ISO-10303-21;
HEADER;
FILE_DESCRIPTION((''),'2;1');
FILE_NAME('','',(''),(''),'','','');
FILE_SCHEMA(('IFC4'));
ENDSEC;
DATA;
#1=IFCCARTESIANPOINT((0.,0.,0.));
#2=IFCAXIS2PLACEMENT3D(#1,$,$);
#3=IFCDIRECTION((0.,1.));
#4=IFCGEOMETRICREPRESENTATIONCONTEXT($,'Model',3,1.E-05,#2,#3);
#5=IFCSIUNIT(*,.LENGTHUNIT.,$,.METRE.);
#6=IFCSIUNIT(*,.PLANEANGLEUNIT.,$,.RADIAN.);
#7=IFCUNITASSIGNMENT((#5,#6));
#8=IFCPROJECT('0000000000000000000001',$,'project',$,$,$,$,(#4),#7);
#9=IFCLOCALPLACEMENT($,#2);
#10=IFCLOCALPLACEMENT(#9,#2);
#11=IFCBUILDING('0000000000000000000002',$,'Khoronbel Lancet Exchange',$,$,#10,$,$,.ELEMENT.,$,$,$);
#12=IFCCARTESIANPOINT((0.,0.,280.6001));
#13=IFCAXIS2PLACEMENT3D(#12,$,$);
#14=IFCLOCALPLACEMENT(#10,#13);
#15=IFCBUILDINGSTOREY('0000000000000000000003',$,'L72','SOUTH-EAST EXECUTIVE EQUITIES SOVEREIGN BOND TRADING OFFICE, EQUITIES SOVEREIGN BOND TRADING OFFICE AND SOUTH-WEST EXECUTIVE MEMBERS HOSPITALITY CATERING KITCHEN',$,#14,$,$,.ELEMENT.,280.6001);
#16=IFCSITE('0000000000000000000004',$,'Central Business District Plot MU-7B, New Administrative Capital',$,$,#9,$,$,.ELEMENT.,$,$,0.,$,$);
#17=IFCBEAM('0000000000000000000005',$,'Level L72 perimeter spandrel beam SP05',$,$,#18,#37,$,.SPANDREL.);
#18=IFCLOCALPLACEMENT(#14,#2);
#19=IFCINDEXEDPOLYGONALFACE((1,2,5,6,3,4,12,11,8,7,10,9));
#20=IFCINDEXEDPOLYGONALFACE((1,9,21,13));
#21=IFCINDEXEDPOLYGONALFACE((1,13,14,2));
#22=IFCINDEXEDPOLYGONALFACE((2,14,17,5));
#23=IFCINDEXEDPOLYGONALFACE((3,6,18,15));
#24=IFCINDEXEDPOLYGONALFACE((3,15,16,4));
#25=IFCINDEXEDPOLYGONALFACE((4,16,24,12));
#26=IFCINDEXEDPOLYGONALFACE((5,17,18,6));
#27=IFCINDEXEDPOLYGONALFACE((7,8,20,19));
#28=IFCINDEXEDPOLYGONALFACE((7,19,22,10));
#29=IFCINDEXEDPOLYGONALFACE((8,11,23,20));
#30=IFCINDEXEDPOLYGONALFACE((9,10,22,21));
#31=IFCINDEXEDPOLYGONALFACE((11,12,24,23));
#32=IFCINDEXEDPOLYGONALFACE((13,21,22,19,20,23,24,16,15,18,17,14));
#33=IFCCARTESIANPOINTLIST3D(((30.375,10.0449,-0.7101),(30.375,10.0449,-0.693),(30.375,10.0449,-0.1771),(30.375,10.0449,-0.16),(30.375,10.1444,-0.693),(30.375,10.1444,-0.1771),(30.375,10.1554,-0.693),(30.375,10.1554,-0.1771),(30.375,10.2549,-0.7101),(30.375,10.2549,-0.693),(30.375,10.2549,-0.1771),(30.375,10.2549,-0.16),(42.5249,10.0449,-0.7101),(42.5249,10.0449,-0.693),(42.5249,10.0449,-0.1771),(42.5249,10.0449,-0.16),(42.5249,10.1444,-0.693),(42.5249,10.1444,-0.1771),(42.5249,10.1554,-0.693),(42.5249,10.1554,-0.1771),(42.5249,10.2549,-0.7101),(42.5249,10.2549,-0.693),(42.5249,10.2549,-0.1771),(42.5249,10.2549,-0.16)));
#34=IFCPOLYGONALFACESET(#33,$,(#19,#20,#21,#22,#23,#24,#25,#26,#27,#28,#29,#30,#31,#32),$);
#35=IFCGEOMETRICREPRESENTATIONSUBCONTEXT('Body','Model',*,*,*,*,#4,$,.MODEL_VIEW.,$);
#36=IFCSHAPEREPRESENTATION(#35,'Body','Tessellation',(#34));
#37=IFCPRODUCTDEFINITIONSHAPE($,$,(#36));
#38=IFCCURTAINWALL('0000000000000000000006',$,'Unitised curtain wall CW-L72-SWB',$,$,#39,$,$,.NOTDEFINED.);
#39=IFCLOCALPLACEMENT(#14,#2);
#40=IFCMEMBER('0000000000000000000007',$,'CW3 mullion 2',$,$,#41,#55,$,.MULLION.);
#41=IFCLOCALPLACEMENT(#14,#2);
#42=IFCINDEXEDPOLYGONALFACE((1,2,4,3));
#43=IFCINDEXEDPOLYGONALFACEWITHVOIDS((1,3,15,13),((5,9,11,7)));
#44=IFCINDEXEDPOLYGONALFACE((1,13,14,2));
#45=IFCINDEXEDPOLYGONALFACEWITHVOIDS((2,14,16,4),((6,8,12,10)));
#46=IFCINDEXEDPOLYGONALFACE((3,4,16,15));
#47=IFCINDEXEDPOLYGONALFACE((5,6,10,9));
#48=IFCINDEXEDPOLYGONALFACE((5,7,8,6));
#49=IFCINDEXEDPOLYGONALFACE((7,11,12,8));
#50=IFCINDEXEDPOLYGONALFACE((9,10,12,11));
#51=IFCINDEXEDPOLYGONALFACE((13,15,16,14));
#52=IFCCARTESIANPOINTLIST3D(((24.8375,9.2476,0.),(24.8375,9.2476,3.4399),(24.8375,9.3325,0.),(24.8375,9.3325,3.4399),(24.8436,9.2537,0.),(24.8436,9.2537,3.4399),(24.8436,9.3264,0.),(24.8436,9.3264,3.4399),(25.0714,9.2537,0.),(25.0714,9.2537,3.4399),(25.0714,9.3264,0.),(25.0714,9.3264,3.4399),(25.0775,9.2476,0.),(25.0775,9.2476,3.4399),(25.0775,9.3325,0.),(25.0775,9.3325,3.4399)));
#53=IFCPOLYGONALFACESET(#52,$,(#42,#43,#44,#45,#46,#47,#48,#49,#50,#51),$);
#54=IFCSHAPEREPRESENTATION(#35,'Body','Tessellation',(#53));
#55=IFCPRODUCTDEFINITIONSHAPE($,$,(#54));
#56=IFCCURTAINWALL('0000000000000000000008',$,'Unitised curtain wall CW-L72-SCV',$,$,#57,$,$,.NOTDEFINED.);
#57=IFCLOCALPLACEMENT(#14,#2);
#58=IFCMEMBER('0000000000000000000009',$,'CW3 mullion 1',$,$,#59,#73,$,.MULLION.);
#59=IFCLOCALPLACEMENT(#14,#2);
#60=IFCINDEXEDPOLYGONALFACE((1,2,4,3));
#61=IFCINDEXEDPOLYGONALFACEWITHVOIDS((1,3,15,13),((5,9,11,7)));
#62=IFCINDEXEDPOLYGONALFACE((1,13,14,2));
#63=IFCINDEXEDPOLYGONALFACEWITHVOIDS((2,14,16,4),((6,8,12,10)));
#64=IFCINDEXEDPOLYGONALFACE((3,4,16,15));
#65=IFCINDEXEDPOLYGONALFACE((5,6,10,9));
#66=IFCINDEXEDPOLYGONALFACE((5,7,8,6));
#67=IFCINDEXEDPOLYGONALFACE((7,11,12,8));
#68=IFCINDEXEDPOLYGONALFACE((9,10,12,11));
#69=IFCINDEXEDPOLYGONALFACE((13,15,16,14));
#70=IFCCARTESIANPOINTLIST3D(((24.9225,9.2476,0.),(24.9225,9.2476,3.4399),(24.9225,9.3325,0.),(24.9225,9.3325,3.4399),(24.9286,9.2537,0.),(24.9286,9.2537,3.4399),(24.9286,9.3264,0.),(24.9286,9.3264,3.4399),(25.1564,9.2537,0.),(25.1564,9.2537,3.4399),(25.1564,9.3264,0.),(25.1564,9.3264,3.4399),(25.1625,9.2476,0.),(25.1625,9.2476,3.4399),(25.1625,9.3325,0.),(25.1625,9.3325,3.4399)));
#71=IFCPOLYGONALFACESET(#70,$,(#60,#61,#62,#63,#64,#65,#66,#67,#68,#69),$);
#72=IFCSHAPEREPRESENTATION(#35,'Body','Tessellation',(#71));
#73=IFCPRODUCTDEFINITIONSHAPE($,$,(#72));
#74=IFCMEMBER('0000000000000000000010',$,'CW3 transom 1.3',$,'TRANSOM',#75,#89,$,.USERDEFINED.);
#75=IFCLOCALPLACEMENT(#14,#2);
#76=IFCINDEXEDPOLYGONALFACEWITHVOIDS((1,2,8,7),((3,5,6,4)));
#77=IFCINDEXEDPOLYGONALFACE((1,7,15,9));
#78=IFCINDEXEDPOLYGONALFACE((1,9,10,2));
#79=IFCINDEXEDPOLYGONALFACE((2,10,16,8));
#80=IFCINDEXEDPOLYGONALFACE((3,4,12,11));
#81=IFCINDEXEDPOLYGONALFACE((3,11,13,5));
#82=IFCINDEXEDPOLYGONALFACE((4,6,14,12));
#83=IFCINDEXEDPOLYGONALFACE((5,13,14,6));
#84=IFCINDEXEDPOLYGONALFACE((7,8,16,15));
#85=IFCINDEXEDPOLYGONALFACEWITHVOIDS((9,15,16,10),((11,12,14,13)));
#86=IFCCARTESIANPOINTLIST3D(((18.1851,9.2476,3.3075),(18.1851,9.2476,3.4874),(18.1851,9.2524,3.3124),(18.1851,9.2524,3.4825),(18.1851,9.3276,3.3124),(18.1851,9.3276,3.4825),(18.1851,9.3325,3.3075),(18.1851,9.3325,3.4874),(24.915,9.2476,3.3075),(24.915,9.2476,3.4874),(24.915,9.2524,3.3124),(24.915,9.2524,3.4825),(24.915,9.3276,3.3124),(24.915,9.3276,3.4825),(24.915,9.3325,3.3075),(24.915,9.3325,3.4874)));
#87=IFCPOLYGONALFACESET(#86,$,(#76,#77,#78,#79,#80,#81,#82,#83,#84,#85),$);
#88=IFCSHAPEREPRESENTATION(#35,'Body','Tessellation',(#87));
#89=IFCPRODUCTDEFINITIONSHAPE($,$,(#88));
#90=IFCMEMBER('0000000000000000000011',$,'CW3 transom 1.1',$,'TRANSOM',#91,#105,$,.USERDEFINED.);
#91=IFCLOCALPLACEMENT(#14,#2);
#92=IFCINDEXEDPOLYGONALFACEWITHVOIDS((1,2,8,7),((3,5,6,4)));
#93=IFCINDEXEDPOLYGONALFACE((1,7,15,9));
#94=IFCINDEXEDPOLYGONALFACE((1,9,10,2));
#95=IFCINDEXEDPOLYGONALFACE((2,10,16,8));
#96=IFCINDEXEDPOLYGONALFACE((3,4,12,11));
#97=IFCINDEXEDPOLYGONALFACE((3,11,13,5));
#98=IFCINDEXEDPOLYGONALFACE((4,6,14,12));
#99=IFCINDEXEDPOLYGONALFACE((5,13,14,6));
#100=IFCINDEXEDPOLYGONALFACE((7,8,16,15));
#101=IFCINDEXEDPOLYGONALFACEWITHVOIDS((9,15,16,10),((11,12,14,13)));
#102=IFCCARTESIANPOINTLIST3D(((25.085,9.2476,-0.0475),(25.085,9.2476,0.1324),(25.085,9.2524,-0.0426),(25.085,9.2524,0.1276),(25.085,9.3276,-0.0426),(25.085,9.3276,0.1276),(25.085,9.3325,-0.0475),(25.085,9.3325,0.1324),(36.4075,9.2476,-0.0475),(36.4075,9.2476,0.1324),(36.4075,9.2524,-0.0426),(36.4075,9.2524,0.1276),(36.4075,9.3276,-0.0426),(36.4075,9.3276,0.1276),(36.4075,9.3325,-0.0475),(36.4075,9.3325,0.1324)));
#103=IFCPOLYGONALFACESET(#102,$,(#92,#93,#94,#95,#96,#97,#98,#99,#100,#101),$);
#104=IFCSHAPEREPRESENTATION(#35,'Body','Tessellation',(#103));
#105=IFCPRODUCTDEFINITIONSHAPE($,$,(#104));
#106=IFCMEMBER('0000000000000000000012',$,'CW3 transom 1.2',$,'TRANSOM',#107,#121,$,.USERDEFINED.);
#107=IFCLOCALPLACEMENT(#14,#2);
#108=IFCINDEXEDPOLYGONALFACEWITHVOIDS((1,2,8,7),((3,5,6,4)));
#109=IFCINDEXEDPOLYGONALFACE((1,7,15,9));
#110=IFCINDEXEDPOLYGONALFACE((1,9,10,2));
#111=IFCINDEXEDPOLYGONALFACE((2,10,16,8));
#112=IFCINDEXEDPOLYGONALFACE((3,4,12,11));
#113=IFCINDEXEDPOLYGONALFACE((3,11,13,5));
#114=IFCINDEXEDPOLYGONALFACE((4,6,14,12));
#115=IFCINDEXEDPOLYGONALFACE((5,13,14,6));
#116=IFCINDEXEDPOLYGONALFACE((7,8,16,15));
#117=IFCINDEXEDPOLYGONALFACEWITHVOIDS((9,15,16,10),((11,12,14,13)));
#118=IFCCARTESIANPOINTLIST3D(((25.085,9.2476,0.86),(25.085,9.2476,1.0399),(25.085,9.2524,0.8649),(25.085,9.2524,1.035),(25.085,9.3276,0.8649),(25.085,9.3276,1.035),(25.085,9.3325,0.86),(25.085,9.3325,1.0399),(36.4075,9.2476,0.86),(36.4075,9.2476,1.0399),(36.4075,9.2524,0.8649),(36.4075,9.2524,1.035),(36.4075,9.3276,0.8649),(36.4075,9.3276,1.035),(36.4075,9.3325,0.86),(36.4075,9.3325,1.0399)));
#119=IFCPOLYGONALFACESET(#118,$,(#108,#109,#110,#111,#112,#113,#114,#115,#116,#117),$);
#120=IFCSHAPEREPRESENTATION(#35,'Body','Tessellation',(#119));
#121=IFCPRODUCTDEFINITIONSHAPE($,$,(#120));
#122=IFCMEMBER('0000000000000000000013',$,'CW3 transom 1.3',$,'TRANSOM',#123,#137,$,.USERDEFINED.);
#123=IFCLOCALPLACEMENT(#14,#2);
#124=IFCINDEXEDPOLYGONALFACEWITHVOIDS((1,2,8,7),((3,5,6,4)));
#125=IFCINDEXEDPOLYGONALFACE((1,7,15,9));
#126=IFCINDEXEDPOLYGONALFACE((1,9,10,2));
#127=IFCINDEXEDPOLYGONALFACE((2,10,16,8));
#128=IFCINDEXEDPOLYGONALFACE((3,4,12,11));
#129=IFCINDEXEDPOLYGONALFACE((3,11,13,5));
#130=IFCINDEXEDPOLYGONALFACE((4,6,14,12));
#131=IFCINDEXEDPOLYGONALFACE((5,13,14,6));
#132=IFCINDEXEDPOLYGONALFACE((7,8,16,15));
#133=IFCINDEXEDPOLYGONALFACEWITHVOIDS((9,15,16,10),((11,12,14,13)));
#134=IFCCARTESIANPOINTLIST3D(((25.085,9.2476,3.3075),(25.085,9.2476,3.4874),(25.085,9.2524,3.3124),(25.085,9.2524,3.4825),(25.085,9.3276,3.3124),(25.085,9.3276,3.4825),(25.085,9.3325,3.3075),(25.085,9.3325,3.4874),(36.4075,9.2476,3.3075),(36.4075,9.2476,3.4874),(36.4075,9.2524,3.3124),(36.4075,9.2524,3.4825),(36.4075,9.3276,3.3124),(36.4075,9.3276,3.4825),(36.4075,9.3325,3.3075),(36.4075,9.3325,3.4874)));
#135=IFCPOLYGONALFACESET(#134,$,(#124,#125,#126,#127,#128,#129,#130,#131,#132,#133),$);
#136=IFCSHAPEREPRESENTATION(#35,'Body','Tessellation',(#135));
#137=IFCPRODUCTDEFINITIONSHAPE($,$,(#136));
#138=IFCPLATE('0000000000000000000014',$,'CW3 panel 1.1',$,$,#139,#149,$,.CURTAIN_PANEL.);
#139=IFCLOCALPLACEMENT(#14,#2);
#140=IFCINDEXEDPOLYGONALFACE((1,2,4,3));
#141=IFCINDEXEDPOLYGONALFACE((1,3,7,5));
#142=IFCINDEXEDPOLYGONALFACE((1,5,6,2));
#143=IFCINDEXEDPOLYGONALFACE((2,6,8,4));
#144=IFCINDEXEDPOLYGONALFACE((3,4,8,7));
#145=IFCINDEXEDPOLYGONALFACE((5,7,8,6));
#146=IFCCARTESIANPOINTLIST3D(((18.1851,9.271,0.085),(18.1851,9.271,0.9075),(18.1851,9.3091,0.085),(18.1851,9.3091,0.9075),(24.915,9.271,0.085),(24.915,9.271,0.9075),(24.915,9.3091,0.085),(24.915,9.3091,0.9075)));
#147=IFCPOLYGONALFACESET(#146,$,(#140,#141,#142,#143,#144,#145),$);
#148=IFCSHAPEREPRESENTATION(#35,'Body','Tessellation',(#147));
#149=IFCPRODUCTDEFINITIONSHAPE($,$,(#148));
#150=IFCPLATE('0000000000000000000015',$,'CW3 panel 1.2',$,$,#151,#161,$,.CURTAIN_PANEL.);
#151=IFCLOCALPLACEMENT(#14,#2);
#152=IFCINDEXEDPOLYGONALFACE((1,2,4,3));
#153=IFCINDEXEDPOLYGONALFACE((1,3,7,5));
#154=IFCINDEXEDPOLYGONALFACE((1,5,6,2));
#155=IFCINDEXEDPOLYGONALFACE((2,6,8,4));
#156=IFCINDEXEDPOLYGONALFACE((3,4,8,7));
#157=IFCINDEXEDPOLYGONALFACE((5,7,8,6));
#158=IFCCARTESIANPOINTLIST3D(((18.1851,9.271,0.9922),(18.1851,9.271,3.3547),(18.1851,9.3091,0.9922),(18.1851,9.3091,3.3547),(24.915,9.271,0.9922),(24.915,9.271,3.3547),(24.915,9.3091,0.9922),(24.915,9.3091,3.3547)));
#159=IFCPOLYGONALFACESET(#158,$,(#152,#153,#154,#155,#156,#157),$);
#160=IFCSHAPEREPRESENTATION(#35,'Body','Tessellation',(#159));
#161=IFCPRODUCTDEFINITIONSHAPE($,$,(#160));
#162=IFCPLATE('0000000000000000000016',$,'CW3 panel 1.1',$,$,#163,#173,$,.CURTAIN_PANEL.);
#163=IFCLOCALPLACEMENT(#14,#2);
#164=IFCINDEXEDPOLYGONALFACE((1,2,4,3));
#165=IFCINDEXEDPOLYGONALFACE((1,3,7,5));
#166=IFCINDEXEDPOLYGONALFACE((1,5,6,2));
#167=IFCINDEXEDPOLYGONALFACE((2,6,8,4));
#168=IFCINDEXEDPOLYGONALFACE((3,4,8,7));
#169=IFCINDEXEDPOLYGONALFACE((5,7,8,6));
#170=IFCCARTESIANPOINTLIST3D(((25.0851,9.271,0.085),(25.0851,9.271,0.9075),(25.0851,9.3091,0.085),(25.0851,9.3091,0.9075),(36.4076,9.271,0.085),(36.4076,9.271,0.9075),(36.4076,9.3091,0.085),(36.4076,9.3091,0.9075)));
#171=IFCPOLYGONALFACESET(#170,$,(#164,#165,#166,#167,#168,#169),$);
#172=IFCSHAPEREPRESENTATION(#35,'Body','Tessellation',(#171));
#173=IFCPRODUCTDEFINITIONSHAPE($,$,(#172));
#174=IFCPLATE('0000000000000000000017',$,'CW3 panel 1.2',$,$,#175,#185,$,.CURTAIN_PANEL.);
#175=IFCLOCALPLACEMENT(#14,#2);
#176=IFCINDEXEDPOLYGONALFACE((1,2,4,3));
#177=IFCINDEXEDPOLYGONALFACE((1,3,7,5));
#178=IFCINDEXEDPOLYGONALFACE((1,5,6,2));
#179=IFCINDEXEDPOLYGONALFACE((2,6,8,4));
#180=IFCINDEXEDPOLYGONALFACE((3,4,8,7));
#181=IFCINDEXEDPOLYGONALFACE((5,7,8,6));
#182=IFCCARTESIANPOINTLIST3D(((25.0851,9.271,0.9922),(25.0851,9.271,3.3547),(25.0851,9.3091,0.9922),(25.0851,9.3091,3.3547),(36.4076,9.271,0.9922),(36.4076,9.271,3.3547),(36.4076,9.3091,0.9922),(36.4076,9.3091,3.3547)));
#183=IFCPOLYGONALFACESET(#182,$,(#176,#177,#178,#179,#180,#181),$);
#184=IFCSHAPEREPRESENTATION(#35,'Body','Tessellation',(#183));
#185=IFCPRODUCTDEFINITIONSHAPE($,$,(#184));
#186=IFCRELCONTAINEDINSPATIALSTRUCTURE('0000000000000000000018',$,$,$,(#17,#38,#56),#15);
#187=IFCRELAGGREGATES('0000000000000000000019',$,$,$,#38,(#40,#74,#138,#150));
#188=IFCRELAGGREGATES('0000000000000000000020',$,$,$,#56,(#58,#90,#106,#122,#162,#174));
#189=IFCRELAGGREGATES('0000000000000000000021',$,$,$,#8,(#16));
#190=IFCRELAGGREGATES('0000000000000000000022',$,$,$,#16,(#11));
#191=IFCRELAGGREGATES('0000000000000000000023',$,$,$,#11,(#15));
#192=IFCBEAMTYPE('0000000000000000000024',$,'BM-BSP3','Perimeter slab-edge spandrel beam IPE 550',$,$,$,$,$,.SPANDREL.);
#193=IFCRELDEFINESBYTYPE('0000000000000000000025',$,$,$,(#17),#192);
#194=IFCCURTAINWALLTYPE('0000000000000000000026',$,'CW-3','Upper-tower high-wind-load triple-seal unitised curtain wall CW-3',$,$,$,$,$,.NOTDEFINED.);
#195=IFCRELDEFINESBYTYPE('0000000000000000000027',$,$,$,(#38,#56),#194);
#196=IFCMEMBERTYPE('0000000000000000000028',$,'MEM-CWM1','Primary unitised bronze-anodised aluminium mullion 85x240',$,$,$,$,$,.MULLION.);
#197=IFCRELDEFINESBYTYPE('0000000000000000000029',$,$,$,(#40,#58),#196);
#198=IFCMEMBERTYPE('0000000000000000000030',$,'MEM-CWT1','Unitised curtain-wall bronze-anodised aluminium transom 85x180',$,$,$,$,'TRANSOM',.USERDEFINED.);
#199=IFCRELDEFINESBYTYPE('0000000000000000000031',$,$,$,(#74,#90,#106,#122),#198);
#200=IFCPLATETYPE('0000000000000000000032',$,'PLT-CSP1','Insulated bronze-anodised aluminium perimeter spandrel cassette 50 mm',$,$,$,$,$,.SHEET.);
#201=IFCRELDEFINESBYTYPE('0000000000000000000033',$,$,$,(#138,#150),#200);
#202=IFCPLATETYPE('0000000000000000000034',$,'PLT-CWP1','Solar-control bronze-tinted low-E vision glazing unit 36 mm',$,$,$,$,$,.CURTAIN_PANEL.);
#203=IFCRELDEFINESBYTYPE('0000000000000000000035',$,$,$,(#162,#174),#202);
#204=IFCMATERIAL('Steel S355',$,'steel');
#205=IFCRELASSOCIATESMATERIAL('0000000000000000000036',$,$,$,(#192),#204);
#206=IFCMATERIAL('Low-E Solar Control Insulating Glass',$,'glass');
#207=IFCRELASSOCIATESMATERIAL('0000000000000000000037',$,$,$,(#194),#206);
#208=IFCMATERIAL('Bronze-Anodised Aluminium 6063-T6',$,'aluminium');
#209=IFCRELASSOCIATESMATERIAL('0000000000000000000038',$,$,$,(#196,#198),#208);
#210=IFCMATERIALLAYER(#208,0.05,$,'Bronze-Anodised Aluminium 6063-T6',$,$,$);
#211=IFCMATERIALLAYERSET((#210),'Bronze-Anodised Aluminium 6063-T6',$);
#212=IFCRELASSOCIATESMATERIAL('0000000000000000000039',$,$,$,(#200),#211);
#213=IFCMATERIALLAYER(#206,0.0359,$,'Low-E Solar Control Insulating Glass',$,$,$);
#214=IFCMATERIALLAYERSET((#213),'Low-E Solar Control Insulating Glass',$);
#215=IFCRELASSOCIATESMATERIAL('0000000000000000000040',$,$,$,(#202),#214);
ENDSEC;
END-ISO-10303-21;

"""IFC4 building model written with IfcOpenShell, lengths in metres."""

from ifc_helpers import new_model, si_unit, direction, frame, origin, origin_2d, place, context, subcontext, project, spatial, rectangle, hollow_rectangle, i_section, extrude, material, layer, layer_set, material_profile, profile_set, type_object, element, aggregate, save


model = new_model("IFC4")

# Units and contexts
model_context = context("Model", 3, precision=1e-05, world=origin(), true_north=direction((0.0, 1.0)))
body_context = subcontext(model_context, "Body", "Model", "MODEL_VIEW")
ifc_project = project(units=[si_unit("LENGTHUNIT", "METRE"), si_unit("PLANEANGLEUNIT", "RADIAN")], contexts=[model_context])

# Site, building, storey
site_placement = place(None, origin())
site = spatial("IfcSite", under=ifc_project, at=site_placement, Name="Central Business District Plot MU-7B, New Administrative Capital", CompositionType="ELEMENT", RefElevation=0.0)
building_placement = place(site_placement, origin())
building = spatial("IfcBuilding", under=site, at=building_placement, Name="Khoronbel Lancet Exchange", CompositionType="ELEMENT")
storey_placement = place(building_placement, frame((0.0, 0.0, 280.6001)))
storey = spatial("IfcBuildingStorey", under=building, at=storey_placement, Name="L72", Description="SOUTH-EAST EXECUTIVE EQUITIES SOVEREIGN BOND TRADING OFFICE, EQUITIES SOVEREIGN BOND TRADING OFFICE AND SOUTH-WEST EXECUTIVE MEMBERS HOSPITALITY CATERING KITCHEN", CompositionType="ELEMENT", Elevation=280.6001)

# Beam
ifc_material_1 = material(Name="Steel S355", Category="steel")
ifc_material_profile_1 = material_profile(ifc_material_1, i_section(OverallWidth=0.21, OverallDepth=0.55, WebThickness=0.011, FlangeThickness=0.0171, at=origin_2d()), Name="IPE 550")
ifc_profile_set_1 = profile_set([ifc_material_profile_1], Name="Steel S355")
beam_type_1 = type_object("IfcBeamType", Name="BM-BSP3", Description="Perimeter slab-edge spandrel beam IPE 550", PredefinedType="SPANDREL", material=ifc_profile_set_1)
beam_1_placement = place(storey_placement, frame((30.375, 10.1499, -0.4351), z_axis=(1.0, 0.0, 0.0), x_axis=(0.0, 1.0, 0.0)))
element("IfcBeam", 1, at=beam_1_placement, inside=storey, type_object=beam_type_1, Name="Level L72 perimeter spandrel beam SP05", PredefinedType="SPANDREL", context=body_context, shape_type="SweptSolid", body=[
    extrude(i_section(OverallWidth=0.21, OverallDepth=0.55, WebThickness=0.011, FlangeThickness=0.0171, at=origin_2d()), origin(), (0.0, 0.0, 1.0), 12.1499),
])

# Curtain walls, members
ifc_material_2 = material(Name="Low-E Solar Control Insulating Glass", Category="glass")
curtain_wall_type = type_object("IfcCurtainWallType", Name="CW-3", Description="Upper-tower high-wind-load triple-seal unitised curtain wall CW-3", PredefinedType="NOTDEFINED", material=ifc_material_2)
curtain_wall_1_placement = place(storey_placement, origin())
curtain_wall_1 = element("IfcCurtainWall", 2, at=curtain_wall_1_placement, inside=storey, type_object=curtain_wall_type, Name="Unitised curtain wall CW-L72-SWB", PredefinedType="NOTDEFINED")
ifc_material_3 = material(Name="Bronze-Anodised Aluminium 6063-T6", Category="aluminium")
ifc_material_profile_2 = material_profile(ifc_material_3, hollow_rectangle(XDim=0.085, YDim=0.24, WallThickness=0.0061, at=origin_2d()), Name="ALU MULLION 85x240")
ifc_profile_set_2 = profile_set([ifc_material_profile_2], Name="Bronze-Anodised Aluminium 6063-T6")
member_type_1 = type_object("IfcMemberType", Name="MEM-CWM1", Description="Primary unitised bronze-anodised aluminium mullion 85x240", PredefinedType="MULLION", material=ifc_profile_set_2)
member_1_placement = place(storey_placement, frame((24.9575, 9.29, 0.0), z_axis=(0.0, 0.0, 1.0), x_axis=(0.0, 1.0, 0.0)))
member_1 = element("IfcMember", 3, at=member_1_placement, type_object=member_type_1, Name="CW3 mullion 2", PredefinedType="MULLION", context=body_context, shape_type="SweptSolid", body=[
    extrude(hollow_rectangle(XDim=0.085, YDim=0.24, WallThickness=0.0061, at=origin_2d()), origin(), (0.0, 0.0, 1.0), 3.4399),
])
curtain_wall_2_placement = place(storey_placement, origin())
curtain_wall_2 = element("IfcCurtainWall", 4, at=curtain_wall_2_placement, inside=storey, type_object=curtain_wall_type, Name="Unitised curtain wall CW-L72-SCV", PredefinedType="NOTDEFINED")
member_2_placement = place(storey_placement, frame((25.0425, 9.29, 0.0), z_axis=(0.0, 0.0, 1.0), x_axis=(0.0, 1.0, 0.0)))
member_2 = element("IfcMember", 5, at=member_2_placement, type_object=member_type_1, Name="CW3 mullion 1", PredefinedType="MULLION", context=body_context, shape_type="SweptSolid", body=[
    extrude(hollow_rectangle(XDim=0.085, YDim=0.24, WallThickness=0.0061, at=origin_2d()), origin(), (0.0, 0.0, 1.0), 3.4399),
])

# Members
ifc_material_profile_3 = material_profile(ifc_material_3, hollow_rectangle(XDim=0.085, YDim=0.1799, WallThickness=0.0049, at=origin_2d()), Name="ALU TRANSOM 85x180")
ifc_profile_set_3 = profile_set([ifc_material_profile_3], Name="Bronze-Anodised Aluminium 6063-T6")
member_type_2 = type_object("IfcMemberType", Name="MEM-CWT1", Description="Unitised curtain-wall bronze-anodised aluminium transom 85x180", ElementType="TRANSOM", PredefinedType="USERDEFINED", material=ifc_profile_set_3)
member_3_placement = place(storey_placement, frame((18.1851, 9.29, 3.3975), z_axis=(1.0, 0.0, 0.0), x_axis=(0.0, 1.0, 0.0)))
member_3 = element("IfcMember", 6, at=member_3_placement, type_object=member_type_2, Name="CW3 transom 1.3", ObjectType="TRANSOM", PredefinedType="USERDEFINED", context=body_context, shape_type="SweptSolid", body=[
    extrude(hollow_rectangle(XDim=0.085, YDim=0.1799, WallThickness=0.0049, at=origin_2d()), origin(), (0.0, 0.0, 1.0), 6.73),
])
member_4_placement = place(storey_placement, frame((25.085, 9.29, 0.0425), z_axis=(1.0, 0.0, 0.0), x_axis=(0.0, 1.0, 0.0)))
member_4 = element("IfcMember", 7, at=member_4_placement, type_object=member_type_2, Name="CW3 transom 1.1", ObjectType="TRANSOM", PredefinedType="USERDEFINED", context=body_context, shape_type="SweptSolid", body=[
    extrude(hollow_rectangle(XDim=0.085, YDim=0.1799, WallThickness=0.0049, at=origin_2d()), origin(), (0.0, 0.0, 1.0), 11.3225),
])
member_5_placement = place(storey_placement, frame((25.085, 9.29, 0.95), z_axis=(1.0, 0.0, 0.0), x_axis=(0.0, 1.0, 0.0)))
member_5 = element("IfcMember", 8, at=member_5_placement, type_object=member_type_2, Name="CW3 transom 1.2", ObjectType="TRANSOM", PredefinedType="USERDEFINED", context=body_context, shape_type="SweptSolid", body=[
    extrude(hollow_rectangle(XDim=0.085, YDim=0.1799, WallThickness=0.0049, at=origin_2d()), origin(), (0.0, 0.0, 1.0), 11.3225),
])
member_6_placement = place(storey_placement, frame((25.085, 9.29, 3.3975), z_axis=(1.0, 0.0, 0.0), x_axis=(0.0, 1.0, 0.0)))
member_6 = element("IfcMember", 9, at=member_6_placement, type_object=member_type_2, Name="CW3 transom 1.3", ObjectType="TRANSOM", PredefinedType="USERDEFINED", context=body_context, shape_type="SweptSolid", body=[
    extrude(hollow_rectangle(XDim=0.085, YDim=0.1799, WallThickness=0.0049, at=origin_2d()), origin(), (0.0, 0.0, 1.0), 11.3225),
])

# Plates
ifc_layer_1 = layer(ifc_material_3, 0.05, Name="Bronze-Anodised Aluminium 6063-T6")
ifc_layer_set_1 = layer_set([ifc_layer_1], Name="Bronze-Anodised Aluminium 6063-T6")
plate_type_1 = type_object("IfcPlateType", Name="PLT-CSP1", Description="Insulated bronze-anodised aluminium perimeter spandrel cassette 50 mm", PredefinedType="SHEET", material=ifc_layer_set_1)
plate_1_placement = place(storey_placement, frame((21.55, 9.29, 0.085), z_axis=(0.0, 0.0, 1.0), x_axis=(1.0, 0.0, 0.0)))
plate_1 = element("IfcPlate", 10, at=plate_1_placement, type_object=plate_type_1, Name="CW3 panel 1.1", PredefinedType="CURTAIN_PANEL", context=body_context, shape_type="SweptSolid", body=[
    extrude(rectangle(XDim=6.73, YDim=0.0381, at=origin_2d()), origin(), (0.0, 0.0, 1.0), 0.8225),
])
plate_2_placement = place(storey_placement, frame((21.55, 9.29, 0.9922), z_axis=(0.0, 0.0, 1.0), x_axis=(1.0, 0.0, 0.0)))
plate_2 = element("IfcPlate", 11, at=plate_2_placement, type_object=plate_type_1, Name="CW3 panel 1.2", PredefinedType="CURTAIN_PANEL", context=body_context, shape_type="SweptSolid", body=[
    extrude(rectangle(XDim=6.73, YDim=0.0381, at=origin_2d()), origin(), (0.0, 0.0, 1.0), 2.3625),
])
aggregate(curtain_wall_1, [member_1, member_3, plate_1, plate_2])
ifc_layer_2 = layer(ifc_material_2, 0.0359, Name="Low-E Solar Control Insulating Glass")
ifc_layer_set_2 = layer_set([ifc_layer_2], Name="Low-E Solar Control Insulating Glass")
plate_type_2 = type_object("IfcPlateType", Name="PLT-CWP1", Description="Solar-control bronze-tinted low-E vision glazing unit 36 mm", PredefinedType="CURTAIN_PANEL", material=ifc_layer_set_2)
plate_3_placement = place(storey_placement, frame((30.7463, 9.29, 0.085), z_axis=(0.0, 0.0, 1.0), x_axis=(1.0, 0.0, 0.0)))
plate_3 = element("IfcPlate", 12, at=plate_3_placement, type_object=plate_type_2, Name="CW3 panel 1.1", PredefinedType="CURTAIN_PANEL", context=body_context, shape_type="SweptSolid", body=[
    extrude(rectangle(XDim=11.3225, YDim=0.0381, at=origin_2d()), origin(), (0.0, 0.0, 1.0), 0.8225),
])
plate_4_placement = place(storey_placement, frame((30.7463, 9.29, 0.9922), z_axis=(0.0, 0.0, 1.0), x_axis=(1.0, 0.0, 0.0)))
plate_4 = element("IfcPlate", 13, at=plate_4_placement, type_object=plate_type_2, Name="CW3 panel 1.2", PredefinedType="CURTAIN_PANEL", context=body_context, shape_type="SweptSolid", body=[
    extrude(rectangle(XDim=11.3225, YDim=0.0381, at=origin_2d()), origin(), (0.0, 0.0, 1.0), 2.3625),
])
aggregate(curtain_wall_2, [member_2, member_4, member_5, member_6, plate_3, plate_4])

save(model, "model.ifc")
